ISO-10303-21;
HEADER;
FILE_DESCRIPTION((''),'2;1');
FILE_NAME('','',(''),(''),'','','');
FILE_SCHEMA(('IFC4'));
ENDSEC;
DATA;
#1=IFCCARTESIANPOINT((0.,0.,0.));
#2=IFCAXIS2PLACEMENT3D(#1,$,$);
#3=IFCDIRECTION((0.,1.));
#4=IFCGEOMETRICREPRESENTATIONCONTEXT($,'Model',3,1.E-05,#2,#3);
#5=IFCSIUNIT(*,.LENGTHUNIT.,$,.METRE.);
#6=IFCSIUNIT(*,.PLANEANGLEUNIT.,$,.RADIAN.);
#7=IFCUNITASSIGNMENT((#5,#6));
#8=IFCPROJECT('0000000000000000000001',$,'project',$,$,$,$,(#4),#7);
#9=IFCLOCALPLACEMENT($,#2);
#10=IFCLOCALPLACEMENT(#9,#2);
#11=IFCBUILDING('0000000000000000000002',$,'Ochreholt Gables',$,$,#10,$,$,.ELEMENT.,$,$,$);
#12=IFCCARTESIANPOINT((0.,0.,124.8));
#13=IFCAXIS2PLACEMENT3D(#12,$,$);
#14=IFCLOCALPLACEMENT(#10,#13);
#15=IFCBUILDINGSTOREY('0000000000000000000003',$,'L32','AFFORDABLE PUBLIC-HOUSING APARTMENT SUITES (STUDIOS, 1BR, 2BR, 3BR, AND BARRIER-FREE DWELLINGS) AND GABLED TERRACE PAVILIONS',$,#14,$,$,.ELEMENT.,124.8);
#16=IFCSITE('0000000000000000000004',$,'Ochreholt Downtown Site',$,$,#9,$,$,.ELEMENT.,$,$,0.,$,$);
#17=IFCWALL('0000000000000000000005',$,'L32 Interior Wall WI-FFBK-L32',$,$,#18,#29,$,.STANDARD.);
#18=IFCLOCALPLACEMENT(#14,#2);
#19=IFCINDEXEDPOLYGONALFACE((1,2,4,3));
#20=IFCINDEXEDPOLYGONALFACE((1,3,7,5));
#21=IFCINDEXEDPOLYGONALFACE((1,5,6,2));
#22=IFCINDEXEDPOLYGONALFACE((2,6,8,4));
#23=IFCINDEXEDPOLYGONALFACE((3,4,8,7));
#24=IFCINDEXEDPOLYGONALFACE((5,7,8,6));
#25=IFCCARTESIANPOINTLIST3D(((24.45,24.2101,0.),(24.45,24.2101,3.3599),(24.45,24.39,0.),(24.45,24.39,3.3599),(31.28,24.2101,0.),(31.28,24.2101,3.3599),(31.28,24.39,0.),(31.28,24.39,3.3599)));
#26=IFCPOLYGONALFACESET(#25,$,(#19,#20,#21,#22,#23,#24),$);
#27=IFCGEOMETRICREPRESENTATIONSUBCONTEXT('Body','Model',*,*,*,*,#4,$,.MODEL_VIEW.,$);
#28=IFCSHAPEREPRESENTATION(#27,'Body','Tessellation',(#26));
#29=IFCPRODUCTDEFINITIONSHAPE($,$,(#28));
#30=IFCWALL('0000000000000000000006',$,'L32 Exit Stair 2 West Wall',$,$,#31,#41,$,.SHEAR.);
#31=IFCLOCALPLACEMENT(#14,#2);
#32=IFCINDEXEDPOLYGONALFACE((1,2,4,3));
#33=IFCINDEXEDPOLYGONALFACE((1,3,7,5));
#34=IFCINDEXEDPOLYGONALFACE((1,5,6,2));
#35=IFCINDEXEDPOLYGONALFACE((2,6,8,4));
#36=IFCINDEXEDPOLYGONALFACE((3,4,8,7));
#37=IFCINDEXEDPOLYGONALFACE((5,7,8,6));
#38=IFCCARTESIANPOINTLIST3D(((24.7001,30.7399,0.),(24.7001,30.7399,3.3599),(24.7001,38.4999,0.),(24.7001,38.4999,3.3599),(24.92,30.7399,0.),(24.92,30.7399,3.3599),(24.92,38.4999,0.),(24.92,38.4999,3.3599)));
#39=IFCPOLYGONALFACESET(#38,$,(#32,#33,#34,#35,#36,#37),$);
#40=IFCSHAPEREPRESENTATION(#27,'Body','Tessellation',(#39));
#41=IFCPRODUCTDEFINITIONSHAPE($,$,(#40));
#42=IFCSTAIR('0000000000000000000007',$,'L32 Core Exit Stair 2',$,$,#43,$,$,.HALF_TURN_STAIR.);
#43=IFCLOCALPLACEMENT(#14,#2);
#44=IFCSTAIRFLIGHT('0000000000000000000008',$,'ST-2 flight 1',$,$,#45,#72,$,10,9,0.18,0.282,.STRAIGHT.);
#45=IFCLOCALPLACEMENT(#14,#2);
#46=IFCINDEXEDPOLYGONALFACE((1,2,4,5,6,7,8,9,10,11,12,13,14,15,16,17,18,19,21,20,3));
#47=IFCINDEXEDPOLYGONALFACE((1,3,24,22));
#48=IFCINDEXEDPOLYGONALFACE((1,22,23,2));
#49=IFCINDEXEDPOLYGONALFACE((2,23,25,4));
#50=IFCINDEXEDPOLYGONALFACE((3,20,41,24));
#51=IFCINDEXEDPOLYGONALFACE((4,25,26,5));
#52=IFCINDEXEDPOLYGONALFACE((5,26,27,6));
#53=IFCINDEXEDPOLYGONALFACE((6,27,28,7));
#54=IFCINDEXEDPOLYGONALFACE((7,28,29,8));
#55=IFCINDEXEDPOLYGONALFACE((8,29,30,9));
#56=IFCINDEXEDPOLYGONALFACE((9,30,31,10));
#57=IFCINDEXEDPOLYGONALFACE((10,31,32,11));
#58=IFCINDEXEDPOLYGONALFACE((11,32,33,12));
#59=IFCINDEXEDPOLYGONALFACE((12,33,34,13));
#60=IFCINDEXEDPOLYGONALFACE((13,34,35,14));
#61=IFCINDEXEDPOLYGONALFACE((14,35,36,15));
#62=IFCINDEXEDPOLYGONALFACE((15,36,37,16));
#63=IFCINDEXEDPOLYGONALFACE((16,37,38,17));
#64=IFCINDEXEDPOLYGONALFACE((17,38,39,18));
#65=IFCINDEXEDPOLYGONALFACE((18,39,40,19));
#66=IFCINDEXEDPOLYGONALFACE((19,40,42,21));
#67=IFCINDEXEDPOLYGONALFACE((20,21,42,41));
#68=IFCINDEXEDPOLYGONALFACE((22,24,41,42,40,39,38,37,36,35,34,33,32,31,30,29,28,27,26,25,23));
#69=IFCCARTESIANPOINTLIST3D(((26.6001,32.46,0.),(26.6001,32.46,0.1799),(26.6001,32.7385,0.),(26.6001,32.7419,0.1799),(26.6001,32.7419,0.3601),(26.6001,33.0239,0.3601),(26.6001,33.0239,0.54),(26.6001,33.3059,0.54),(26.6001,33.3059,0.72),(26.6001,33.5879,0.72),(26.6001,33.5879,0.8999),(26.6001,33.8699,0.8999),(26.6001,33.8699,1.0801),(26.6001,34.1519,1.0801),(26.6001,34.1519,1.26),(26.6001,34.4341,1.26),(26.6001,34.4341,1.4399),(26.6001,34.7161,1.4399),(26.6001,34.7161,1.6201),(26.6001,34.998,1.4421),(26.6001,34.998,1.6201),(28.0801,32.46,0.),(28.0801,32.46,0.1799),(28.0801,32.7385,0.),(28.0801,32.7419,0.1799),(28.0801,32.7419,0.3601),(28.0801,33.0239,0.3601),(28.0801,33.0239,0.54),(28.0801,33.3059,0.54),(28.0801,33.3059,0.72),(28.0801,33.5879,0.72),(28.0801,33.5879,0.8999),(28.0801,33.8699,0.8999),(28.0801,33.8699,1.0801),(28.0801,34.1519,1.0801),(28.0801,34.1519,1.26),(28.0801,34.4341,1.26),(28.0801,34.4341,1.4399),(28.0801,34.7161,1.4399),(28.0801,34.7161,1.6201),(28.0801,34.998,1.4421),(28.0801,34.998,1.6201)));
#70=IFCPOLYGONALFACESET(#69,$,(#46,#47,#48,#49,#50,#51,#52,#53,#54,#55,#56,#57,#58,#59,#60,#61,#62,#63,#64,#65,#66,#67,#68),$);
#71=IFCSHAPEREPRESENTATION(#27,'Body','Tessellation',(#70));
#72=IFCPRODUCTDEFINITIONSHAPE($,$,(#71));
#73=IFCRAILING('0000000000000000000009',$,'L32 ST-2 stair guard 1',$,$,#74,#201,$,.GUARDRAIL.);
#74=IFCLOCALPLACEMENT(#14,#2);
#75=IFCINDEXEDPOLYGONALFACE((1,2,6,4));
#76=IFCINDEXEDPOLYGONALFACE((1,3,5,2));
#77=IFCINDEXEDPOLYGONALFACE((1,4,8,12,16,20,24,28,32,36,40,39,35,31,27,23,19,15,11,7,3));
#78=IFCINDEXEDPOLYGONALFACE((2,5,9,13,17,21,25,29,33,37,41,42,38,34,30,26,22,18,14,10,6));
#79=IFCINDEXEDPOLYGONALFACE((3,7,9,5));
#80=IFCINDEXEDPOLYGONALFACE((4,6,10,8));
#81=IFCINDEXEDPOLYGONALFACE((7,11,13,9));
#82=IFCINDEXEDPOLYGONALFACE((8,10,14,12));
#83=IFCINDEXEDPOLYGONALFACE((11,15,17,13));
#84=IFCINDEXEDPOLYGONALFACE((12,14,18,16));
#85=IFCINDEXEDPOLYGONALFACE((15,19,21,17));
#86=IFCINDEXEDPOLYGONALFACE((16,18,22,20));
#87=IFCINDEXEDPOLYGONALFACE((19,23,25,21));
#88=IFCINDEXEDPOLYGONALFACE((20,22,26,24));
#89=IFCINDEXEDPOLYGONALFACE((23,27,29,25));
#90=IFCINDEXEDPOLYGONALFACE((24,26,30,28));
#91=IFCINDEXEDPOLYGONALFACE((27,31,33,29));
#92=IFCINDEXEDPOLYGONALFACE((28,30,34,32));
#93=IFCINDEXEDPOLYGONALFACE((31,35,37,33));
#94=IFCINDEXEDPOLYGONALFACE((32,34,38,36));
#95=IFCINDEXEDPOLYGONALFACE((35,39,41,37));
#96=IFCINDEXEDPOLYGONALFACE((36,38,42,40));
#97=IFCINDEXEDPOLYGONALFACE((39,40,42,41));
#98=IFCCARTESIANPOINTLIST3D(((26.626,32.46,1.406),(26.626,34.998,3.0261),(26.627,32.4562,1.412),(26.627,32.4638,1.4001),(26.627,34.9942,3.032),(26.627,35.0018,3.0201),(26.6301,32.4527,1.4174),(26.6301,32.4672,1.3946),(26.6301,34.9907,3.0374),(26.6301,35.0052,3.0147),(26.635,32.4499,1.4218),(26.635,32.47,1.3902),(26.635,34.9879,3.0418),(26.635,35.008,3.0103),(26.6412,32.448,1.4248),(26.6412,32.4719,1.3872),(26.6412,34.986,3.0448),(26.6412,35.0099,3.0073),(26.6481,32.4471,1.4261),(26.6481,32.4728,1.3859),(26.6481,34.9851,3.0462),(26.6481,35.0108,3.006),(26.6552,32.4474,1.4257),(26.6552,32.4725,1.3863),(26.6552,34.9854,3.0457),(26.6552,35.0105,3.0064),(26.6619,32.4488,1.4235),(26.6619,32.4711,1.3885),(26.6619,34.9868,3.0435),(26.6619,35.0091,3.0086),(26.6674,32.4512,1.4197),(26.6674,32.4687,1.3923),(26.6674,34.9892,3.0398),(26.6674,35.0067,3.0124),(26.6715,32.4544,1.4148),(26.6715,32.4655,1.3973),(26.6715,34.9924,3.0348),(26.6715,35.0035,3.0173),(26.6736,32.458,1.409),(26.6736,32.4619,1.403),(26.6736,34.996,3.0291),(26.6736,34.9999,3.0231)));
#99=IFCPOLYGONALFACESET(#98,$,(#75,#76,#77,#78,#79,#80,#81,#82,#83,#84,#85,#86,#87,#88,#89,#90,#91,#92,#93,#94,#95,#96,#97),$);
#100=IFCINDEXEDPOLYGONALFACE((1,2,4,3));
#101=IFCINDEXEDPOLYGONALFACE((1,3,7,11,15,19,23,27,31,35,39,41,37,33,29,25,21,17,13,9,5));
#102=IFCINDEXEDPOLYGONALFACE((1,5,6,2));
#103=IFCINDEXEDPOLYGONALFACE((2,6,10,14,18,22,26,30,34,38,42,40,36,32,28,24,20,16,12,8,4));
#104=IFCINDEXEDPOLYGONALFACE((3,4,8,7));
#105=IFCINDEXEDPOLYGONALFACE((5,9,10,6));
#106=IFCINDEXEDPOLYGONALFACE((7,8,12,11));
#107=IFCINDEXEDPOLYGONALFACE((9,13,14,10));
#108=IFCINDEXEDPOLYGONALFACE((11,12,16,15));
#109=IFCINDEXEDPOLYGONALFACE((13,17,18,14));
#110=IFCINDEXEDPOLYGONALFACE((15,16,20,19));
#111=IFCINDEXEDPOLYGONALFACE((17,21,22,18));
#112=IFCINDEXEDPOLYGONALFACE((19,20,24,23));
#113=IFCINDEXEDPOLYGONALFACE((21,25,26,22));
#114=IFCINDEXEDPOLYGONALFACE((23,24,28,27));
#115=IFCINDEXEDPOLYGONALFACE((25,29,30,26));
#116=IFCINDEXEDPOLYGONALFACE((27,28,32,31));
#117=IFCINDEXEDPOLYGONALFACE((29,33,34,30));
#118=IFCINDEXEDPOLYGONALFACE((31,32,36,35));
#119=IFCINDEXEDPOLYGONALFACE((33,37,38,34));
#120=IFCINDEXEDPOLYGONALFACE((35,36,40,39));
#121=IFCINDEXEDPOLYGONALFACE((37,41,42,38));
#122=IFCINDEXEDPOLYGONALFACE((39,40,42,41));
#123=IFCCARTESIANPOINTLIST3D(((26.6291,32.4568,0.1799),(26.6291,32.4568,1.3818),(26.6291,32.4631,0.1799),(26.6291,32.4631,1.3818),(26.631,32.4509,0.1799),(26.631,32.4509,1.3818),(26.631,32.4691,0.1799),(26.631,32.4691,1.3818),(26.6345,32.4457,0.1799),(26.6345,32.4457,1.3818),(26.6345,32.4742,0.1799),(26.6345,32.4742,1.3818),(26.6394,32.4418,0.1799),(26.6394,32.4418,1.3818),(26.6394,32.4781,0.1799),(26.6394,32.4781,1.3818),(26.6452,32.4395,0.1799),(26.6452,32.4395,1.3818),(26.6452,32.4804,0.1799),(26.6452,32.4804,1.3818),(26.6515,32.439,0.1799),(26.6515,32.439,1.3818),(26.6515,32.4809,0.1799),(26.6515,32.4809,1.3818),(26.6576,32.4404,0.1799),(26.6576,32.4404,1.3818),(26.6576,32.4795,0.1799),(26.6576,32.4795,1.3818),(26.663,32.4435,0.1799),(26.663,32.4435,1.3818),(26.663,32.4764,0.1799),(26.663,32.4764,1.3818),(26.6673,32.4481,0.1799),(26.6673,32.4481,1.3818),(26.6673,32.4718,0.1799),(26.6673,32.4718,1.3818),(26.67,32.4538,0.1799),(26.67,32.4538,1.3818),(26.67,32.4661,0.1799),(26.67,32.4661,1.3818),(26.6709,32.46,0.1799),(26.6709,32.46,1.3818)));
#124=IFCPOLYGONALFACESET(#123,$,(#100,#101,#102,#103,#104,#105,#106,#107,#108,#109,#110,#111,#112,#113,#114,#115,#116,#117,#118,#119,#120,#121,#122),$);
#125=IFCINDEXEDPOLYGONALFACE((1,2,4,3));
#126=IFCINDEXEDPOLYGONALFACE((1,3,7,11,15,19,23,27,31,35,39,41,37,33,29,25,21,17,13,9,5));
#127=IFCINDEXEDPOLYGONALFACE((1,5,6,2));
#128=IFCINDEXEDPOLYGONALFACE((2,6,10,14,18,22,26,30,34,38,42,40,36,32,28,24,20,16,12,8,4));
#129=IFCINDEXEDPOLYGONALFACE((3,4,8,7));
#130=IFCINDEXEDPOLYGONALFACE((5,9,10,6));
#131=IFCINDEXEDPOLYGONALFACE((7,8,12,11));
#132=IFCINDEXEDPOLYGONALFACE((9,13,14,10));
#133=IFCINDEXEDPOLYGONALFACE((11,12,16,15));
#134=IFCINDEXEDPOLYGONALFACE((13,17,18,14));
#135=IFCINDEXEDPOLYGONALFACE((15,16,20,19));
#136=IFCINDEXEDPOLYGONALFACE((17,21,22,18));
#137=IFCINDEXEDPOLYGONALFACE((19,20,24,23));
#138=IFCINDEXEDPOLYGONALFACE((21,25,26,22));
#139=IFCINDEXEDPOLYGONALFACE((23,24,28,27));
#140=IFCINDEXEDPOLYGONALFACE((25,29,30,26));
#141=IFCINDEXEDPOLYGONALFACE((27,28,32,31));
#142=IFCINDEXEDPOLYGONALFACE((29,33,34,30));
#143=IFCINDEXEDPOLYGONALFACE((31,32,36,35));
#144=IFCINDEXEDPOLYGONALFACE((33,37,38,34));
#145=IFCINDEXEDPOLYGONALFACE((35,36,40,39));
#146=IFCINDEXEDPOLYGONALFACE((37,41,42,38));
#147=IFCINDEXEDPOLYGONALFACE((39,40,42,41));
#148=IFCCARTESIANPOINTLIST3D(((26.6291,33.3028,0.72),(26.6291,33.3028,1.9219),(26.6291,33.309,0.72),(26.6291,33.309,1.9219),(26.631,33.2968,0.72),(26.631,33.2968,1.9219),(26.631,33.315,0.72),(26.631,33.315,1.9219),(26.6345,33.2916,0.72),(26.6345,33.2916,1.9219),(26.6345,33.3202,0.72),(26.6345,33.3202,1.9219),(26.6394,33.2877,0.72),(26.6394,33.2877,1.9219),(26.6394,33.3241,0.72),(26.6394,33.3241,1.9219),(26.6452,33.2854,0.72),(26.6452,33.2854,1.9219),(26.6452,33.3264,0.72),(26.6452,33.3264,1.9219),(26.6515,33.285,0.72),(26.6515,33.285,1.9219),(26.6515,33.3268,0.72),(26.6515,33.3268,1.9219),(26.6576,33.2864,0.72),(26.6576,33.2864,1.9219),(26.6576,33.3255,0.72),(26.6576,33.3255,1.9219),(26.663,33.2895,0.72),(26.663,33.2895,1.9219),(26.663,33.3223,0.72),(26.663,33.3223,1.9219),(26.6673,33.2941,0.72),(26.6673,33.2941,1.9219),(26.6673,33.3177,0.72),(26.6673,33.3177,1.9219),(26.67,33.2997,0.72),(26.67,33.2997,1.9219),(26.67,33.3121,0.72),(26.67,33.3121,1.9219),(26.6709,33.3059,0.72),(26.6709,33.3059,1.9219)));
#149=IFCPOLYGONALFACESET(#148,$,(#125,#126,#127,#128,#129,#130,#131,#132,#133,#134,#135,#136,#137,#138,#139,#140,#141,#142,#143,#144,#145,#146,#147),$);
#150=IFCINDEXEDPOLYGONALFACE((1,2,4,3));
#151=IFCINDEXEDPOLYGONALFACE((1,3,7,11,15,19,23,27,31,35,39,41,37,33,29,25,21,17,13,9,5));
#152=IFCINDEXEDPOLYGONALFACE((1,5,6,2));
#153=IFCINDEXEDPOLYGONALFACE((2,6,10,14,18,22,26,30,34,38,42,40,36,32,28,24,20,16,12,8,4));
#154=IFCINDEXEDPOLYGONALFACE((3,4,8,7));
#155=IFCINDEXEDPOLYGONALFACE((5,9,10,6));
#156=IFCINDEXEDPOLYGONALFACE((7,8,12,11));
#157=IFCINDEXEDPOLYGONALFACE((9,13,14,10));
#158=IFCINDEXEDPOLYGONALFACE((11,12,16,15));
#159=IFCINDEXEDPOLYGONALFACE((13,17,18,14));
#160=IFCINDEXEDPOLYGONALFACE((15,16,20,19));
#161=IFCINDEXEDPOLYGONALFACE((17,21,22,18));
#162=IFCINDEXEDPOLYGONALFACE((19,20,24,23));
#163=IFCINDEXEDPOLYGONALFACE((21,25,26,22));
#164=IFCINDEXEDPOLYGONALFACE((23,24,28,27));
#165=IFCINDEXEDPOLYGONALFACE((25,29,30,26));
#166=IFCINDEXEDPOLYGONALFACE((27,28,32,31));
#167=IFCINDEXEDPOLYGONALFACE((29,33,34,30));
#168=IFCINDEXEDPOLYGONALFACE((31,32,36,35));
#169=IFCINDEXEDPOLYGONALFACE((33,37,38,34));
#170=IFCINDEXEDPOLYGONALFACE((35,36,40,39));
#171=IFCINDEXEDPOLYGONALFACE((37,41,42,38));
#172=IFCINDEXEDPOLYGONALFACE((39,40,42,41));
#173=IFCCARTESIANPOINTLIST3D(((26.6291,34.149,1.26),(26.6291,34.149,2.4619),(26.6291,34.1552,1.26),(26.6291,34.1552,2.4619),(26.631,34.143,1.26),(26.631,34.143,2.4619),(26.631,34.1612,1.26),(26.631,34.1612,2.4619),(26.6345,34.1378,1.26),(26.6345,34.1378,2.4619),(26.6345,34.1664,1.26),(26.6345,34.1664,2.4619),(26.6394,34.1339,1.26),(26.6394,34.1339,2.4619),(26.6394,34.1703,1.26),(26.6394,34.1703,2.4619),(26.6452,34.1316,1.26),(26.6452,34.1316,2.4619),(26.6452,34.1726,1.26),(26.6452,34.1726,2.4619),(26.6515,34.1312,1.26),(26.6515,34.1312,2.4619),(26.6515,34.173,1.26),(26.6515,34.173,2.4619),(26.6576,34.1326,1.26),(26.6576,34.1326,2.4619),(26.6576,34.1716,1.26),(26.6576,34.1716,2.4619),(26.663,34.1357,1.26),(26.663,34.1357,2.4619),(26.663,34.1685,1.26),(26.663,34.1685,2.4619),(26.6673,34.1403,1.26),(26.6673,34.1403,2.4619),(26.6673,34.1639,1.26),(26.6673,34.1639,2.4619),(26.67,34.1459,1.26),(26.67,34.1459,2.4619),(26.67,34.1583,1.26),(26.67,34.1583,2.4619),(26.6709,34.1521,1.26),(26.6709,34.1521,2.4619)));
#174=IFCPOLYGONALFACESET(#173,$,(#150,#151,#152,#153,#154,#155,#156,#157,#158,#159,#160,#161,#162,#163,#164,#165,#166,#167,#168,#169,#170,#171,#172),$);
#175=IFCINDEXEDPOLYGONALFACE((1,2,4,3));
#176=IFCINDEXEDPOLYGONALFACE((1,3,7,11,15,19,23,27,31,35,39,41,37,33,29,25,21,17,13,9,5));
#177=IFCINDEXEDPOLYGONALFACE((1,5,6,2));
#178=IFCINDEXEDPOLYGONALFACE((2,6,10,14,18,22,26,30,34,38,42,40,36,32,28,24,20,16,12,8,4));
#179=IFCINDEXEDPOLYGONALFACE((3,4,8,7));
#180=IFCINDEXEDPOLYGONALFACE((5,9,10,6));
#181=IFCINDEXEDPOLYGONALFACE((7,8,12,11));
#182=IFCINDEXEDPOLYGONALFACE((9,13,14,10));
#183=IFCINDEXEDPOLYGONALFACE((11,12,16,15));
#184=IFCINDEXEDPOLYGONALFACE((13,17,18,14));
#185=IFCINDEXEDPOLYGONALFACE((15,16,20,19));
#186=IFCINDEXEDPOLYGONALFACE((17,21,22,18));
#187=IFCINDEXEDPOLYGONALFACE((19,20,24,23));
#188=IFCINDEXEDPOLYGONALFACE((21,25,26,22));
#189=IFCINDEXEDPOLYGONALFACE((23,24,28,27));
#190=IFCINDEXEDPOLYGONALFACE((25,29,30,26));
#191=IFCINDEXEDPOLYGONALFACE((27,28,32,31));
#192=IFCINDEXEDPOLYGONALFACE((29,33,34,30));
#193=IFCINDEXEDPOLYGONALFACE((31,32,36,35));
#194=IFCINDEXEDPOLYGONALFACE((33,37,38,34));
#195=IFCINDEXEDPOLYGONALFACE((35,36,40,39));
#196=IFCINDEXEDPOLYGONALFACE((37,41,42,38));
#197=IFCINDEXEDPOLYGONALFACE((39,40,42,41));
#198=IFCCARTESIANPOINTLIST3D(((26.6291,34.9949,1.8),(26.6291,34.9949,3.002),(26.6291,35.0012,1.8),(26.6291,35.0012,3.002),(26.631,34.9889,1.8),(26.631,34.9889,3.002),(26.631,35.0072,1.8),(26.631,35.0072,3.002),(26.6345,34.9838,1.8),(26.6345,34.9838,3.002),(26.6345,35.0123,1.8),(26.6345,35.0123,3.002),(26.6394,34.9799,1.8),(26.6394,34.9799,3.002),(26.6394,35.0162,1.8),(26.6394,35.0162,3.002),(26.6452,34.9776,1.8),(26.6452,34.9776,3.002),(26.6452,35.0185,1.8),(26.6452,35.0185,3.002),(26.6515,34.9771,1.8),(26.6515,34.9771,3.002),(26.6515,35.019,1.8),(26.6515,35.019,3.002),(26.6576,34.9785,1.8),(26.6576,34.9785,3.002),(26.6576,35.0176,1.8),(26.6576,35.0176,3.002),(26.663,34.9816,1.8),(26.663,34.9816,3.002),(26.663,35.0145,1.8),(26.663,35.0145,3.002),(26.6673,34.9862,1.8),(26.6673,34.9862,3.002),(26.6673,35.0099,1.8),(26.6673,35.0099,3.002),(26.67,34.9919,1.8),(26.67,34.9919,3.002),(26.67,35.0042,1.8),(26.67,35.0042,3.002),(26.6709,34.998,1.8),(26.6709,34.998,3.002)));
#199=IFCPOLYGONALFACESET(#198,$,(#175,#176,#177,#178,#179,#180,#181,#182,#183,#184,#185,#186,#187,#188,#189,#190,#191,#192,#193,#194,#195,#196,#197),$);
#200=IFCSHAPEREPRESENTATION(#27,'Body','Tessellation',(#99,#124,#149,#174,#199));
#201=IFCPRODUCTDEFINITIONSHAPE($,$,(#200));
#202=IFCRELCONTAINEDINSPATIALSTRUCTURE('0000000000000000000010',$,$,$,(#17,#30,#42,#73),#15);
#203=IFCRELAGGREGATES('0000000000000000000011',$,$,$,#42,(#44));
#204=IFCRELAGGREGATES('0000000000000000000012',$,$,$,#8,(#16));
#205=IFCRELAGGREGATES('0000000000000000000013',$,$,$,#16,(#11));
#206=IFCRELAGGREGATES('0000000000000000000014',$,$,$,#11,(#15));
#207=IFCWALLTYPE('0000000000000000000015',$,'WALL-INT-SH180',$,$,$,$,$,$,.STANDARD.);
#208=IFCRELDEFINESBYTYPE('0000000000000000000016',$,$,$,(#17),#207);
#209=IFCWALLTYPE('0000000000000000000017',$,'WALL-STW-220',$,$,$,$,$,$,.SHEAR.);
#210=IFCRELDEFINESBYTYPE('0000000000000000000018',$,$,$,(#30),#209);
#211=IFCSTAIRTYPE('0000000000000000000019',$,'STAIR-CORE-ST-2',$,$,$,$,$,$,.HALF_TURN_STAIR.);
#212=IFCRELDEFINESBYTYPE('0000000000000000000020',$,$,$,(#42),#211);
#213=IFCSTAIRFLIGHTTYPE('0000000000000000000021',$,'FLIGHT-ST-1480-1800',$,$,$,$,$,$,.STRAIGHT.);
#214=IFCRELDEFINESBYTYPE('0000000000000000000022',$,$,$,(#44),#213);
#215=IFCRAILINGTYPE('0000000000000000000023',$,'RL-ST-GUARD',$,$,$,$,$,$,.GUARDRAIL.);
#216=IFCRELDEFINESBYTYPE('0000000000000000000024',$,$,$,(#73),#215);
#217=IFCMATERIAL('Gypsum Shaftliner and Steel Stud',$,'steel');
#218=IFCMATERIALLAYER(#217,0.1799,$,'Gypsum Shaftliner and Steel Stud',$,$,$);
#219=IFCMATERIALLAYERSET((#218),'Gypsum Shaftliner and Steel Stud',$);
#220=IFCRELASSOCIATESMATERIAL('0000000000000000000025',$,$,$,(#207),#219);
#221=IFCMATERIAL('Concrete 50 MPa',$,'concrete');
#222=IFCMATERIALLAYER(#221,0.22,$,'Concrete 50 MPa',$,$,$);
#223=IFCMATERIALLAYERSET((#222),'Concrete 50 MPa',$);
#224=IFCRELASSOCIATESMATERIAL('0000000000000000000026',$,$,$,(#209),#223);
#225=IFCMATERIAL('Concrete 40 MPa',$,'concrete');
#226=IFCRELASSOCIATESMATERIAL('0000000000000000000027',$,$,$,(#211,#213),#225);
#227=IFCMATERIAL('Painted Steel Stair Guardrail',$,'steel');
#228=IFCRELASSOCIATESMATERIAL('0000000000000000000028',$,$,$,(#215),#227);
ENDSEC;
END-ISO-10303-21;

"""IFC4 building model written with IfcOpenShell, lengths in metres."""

from ifc_helpers import new_model, si_unit, direction, frame, frame_2d, origin, origin_2d, place, context, subcontext, project, spatial, polyline, rectangle, circle, outline, extrude, material, layer, layer_set, type_object, element, aggregate, save


model = new_model("IFC4")

# Units and contexts
model_context = context("Model", 3, precision=1e-05, world=origin(), true_north=direction((0.0, 1.0)))
body_context = subcontext(model_context, "Body", "Model", "MODEL_VIEW")
ifc_project = project(units=[si_unit("LENGTHUNIT", "METRE"), si_unit("PLANEANGLEUNIT", "RADIAN")], contexts=[model_context])

# Site, building, storey
site_placement = place(None, origin())
site = spatial("IfcSite", under=ifc_project, at=site_placement, Name="Ochreholt Downtown Site", CompositionType="ELEMENT", RefElevation=0.0)
building_placement = place(site_placement, origin())
building = spatial("IfcBuilding", under=site, at=building_placement, Name="Ochreholt Gables", CompositionType="ELEMENT")
storey_placement = place(building_placement, frame((0.0, 0.0, 124.8)))
storey = spatial("IfcBuildingStorey", under=building, at=storey_placement, Name="L32", Description="AFFORDABLE PUBLIC-HOUSING APARTMENT SUITES (STUDIOS, 1BR, 2BR, 3BR, AND BARRIER-FREE DWELLINGS) AND GABLED TERRACE PAVILIONS", CompositionType="ELEMENT", Elevation=124.8)

# Shared definitions
ifc_material_1 = material(Name="Concrete 40 MPa", Category="concrete")

# Walls
ifc_material_2 = material(Name="Gypsum Shaftliner and Steel Stud", Category="steel")
ifc_layer_1 = layer(ifc_material_2, 0.1799, Name="Gypsum Shaftliner and Steel Stud")
ifc_layer_set_1 = layer_set([ifc_layer_1], Name="Gypsum Shaftliner and Steel Stud")
wall_type_1 = type_object("IfcWallType", Name="WALL-INT-SH180", PredefinedType="STANDARD", material=ifc_layer_set_1)
wall_1_placement = place(storey_placement, frame((24.45, 24.3, 0.0), z_axis=(0.0, 0.0, 1.0), x_axis=(1.0, 0.0, 0.0)))
element("IfcWall", 1, at=wall_1_placement, inside=storey, type_object=wall_type_1, Name="L32 Interior Wall WI-FFBK-L32", PredefinedType="STANDARD", context=body_context, shape_type="SweptSolid", body=[
    extrude(rectangle(XDim=6.8301, YDim=0.1799, at=frame_2d((3.415, 0.0))), origin(), (0.0, 0.0, 1.0), 3.3599),
])
ifc_material_3 = material(Name="Concrete 50 MPa", Category="concrete")
ifc_layer_2 = layer(ifc_material_3, 0.22, Name="Concrete 50 MPa")
ifc_layer_set_2 = layer_set([ifc_layer_2], Name="Concrete 50 MPa")
wall_type_2 = type_object("IfcWallType", Name="WALL-STW-220", PredefinedType="SHEAR", material=ifc_layer_set_2)
wall_2_placement = place(storey_placement, frame((24.8101, 30.74, 0.0), z_axis=(0.0, 0.0, 1.0), x_axis=(0.0, 1.0, 0.0)))
element("IfcWall", 2, at=wall_2_placement, inside=storey, type_object=wall_type_2, Name="L32 Exit Stair 2 West Wall", PredefinedType="SHEAR", context=body_context, shape_type="SweptSolid", body=[
    extrude(rectangle(XDim=7.76, YDim=0.22, at=frame_2d((3.8799, 0.0))), origin(), (0.0, 0.0, 1.0), 3.3599),
])

# Stair, stair flight
stair_type = type_object("IfcStairType", Name="STAIR-CORE-ST-2", PredefinedType="HALF_TURN_STAIR", material=ifc_material_1)
stair_placement = place(storey_placement, origin())
stair = element("IfcStair", 3, at=stair_placement, inside=storey, type_object=stair_type, Name="L32 Core Exit Stair 2", PredefinedType="HALF_TURN_STAIR")
stair_flight_type = type_object("IfcStairFlightType", Name="FLIGHT-ST-1480-1800", PredefinedType="STRAIGHT", material=ifc_material_1)
stair_flight_placement = place(storey_placement, frame((27.3401, 32.46, 0.0), z_axis=(0.0, 0.0, 1.0), x_axis=(0.0, 1.0, 0.0)))
stair_flight = element("IfcStairFlight", 4, at=stair_flight_placement, type_object=stair_flight_type, Name="ST-2 flight 1", NumberOfRisers=10, NumberOfTreads=9, PredefinedType="STRAIGHT", RiserHeight=0.18, TreadLength=0.282, context=body_context, shape_type="SweptSolid", body=[
    extrude(outline(polyline([(0.0, 0.0), (0.0, 0.1799), (0.282, 0.1799), (0.282, 0.3601), (0.564, 0.3601), (0.564, 0.54), (0.8459, 0.54), (0.8459, 0.72), (1.1279, 0.72), (1.1279, 0.8999), (1.4099, 0.8999), (1.4099, 1.0801), (1.6919, 1.0801), (1.6919, 1.26), (1.9741, 1.26), (1.9741, 1.4399), (2.2561, 1.4399), (2.2561, 1.6201), (2.5381, 1.6201), (2.5381, 1.8), (2.5381, 1.4421), (0.2786, 0.0), (0.0, 0.0)])), frame((0.0, 0.74, 0.0), z_axis=(0.0, -1.0, 0.0), x_axis=(1.0, 0.0, 0.0)), (0.0, 0.0, 1.0), 1.48),
])
aggregate(stair, [stair_flight])

# Railing
ifc_material_4 = material(Name="Painted Steel Stair Guardrail", Category="steel")
railing_type_1 = type_object("IfcRailingType", Name="RL-ST-GUARD", PredefinedType="GUARDRAIL", material=ifc_material_4)
railing_1_placement = place(storey_placement, frame((26.6499, 32.46, 0.1799)))
element("IfcRailing", 5, at=railing_1_placement, inside=storey, type_object=railing_type_1, Name="L32 ST-2 stair guard 1", PredefinedType="GUARDRAIL", context=body_context, shape_type="SweptSolid", body=[
    extrude(circle(Radius=0.0239, at=origin_2d()), frame((0.0, 0.0, 1.2261), z_axis=(0.0, 0.842913, 0.53805), x_axis=(-1.0, 0.0, 0.0)), (0.0, 0.0, 1.0), 3.011),
    extrude(circle(Radius=0.021, at=origin_2d()), origin(), (0.0, 0.0, 1.0), 1.2019),
    extrude(circle(Radius=0.021, at=origin_2d()), frame((0.0, 0.8459, 0.54)), (0.0, 0.0, 1.0), 1.2019),
    extrude(circle(Radius=0.021, at=origin_2d()), frame((0.0, 1.6921, 1.0801)), (0.0, 0.0, 1.0), 1.2019),
    extrude(circle(Radius=0.021, at=origin_2d()), frame((0.0, 2.5381, 1.6201)), (0.0, 0.0, 1.0), 1.2019),
])

save(model, "model.ifc")
